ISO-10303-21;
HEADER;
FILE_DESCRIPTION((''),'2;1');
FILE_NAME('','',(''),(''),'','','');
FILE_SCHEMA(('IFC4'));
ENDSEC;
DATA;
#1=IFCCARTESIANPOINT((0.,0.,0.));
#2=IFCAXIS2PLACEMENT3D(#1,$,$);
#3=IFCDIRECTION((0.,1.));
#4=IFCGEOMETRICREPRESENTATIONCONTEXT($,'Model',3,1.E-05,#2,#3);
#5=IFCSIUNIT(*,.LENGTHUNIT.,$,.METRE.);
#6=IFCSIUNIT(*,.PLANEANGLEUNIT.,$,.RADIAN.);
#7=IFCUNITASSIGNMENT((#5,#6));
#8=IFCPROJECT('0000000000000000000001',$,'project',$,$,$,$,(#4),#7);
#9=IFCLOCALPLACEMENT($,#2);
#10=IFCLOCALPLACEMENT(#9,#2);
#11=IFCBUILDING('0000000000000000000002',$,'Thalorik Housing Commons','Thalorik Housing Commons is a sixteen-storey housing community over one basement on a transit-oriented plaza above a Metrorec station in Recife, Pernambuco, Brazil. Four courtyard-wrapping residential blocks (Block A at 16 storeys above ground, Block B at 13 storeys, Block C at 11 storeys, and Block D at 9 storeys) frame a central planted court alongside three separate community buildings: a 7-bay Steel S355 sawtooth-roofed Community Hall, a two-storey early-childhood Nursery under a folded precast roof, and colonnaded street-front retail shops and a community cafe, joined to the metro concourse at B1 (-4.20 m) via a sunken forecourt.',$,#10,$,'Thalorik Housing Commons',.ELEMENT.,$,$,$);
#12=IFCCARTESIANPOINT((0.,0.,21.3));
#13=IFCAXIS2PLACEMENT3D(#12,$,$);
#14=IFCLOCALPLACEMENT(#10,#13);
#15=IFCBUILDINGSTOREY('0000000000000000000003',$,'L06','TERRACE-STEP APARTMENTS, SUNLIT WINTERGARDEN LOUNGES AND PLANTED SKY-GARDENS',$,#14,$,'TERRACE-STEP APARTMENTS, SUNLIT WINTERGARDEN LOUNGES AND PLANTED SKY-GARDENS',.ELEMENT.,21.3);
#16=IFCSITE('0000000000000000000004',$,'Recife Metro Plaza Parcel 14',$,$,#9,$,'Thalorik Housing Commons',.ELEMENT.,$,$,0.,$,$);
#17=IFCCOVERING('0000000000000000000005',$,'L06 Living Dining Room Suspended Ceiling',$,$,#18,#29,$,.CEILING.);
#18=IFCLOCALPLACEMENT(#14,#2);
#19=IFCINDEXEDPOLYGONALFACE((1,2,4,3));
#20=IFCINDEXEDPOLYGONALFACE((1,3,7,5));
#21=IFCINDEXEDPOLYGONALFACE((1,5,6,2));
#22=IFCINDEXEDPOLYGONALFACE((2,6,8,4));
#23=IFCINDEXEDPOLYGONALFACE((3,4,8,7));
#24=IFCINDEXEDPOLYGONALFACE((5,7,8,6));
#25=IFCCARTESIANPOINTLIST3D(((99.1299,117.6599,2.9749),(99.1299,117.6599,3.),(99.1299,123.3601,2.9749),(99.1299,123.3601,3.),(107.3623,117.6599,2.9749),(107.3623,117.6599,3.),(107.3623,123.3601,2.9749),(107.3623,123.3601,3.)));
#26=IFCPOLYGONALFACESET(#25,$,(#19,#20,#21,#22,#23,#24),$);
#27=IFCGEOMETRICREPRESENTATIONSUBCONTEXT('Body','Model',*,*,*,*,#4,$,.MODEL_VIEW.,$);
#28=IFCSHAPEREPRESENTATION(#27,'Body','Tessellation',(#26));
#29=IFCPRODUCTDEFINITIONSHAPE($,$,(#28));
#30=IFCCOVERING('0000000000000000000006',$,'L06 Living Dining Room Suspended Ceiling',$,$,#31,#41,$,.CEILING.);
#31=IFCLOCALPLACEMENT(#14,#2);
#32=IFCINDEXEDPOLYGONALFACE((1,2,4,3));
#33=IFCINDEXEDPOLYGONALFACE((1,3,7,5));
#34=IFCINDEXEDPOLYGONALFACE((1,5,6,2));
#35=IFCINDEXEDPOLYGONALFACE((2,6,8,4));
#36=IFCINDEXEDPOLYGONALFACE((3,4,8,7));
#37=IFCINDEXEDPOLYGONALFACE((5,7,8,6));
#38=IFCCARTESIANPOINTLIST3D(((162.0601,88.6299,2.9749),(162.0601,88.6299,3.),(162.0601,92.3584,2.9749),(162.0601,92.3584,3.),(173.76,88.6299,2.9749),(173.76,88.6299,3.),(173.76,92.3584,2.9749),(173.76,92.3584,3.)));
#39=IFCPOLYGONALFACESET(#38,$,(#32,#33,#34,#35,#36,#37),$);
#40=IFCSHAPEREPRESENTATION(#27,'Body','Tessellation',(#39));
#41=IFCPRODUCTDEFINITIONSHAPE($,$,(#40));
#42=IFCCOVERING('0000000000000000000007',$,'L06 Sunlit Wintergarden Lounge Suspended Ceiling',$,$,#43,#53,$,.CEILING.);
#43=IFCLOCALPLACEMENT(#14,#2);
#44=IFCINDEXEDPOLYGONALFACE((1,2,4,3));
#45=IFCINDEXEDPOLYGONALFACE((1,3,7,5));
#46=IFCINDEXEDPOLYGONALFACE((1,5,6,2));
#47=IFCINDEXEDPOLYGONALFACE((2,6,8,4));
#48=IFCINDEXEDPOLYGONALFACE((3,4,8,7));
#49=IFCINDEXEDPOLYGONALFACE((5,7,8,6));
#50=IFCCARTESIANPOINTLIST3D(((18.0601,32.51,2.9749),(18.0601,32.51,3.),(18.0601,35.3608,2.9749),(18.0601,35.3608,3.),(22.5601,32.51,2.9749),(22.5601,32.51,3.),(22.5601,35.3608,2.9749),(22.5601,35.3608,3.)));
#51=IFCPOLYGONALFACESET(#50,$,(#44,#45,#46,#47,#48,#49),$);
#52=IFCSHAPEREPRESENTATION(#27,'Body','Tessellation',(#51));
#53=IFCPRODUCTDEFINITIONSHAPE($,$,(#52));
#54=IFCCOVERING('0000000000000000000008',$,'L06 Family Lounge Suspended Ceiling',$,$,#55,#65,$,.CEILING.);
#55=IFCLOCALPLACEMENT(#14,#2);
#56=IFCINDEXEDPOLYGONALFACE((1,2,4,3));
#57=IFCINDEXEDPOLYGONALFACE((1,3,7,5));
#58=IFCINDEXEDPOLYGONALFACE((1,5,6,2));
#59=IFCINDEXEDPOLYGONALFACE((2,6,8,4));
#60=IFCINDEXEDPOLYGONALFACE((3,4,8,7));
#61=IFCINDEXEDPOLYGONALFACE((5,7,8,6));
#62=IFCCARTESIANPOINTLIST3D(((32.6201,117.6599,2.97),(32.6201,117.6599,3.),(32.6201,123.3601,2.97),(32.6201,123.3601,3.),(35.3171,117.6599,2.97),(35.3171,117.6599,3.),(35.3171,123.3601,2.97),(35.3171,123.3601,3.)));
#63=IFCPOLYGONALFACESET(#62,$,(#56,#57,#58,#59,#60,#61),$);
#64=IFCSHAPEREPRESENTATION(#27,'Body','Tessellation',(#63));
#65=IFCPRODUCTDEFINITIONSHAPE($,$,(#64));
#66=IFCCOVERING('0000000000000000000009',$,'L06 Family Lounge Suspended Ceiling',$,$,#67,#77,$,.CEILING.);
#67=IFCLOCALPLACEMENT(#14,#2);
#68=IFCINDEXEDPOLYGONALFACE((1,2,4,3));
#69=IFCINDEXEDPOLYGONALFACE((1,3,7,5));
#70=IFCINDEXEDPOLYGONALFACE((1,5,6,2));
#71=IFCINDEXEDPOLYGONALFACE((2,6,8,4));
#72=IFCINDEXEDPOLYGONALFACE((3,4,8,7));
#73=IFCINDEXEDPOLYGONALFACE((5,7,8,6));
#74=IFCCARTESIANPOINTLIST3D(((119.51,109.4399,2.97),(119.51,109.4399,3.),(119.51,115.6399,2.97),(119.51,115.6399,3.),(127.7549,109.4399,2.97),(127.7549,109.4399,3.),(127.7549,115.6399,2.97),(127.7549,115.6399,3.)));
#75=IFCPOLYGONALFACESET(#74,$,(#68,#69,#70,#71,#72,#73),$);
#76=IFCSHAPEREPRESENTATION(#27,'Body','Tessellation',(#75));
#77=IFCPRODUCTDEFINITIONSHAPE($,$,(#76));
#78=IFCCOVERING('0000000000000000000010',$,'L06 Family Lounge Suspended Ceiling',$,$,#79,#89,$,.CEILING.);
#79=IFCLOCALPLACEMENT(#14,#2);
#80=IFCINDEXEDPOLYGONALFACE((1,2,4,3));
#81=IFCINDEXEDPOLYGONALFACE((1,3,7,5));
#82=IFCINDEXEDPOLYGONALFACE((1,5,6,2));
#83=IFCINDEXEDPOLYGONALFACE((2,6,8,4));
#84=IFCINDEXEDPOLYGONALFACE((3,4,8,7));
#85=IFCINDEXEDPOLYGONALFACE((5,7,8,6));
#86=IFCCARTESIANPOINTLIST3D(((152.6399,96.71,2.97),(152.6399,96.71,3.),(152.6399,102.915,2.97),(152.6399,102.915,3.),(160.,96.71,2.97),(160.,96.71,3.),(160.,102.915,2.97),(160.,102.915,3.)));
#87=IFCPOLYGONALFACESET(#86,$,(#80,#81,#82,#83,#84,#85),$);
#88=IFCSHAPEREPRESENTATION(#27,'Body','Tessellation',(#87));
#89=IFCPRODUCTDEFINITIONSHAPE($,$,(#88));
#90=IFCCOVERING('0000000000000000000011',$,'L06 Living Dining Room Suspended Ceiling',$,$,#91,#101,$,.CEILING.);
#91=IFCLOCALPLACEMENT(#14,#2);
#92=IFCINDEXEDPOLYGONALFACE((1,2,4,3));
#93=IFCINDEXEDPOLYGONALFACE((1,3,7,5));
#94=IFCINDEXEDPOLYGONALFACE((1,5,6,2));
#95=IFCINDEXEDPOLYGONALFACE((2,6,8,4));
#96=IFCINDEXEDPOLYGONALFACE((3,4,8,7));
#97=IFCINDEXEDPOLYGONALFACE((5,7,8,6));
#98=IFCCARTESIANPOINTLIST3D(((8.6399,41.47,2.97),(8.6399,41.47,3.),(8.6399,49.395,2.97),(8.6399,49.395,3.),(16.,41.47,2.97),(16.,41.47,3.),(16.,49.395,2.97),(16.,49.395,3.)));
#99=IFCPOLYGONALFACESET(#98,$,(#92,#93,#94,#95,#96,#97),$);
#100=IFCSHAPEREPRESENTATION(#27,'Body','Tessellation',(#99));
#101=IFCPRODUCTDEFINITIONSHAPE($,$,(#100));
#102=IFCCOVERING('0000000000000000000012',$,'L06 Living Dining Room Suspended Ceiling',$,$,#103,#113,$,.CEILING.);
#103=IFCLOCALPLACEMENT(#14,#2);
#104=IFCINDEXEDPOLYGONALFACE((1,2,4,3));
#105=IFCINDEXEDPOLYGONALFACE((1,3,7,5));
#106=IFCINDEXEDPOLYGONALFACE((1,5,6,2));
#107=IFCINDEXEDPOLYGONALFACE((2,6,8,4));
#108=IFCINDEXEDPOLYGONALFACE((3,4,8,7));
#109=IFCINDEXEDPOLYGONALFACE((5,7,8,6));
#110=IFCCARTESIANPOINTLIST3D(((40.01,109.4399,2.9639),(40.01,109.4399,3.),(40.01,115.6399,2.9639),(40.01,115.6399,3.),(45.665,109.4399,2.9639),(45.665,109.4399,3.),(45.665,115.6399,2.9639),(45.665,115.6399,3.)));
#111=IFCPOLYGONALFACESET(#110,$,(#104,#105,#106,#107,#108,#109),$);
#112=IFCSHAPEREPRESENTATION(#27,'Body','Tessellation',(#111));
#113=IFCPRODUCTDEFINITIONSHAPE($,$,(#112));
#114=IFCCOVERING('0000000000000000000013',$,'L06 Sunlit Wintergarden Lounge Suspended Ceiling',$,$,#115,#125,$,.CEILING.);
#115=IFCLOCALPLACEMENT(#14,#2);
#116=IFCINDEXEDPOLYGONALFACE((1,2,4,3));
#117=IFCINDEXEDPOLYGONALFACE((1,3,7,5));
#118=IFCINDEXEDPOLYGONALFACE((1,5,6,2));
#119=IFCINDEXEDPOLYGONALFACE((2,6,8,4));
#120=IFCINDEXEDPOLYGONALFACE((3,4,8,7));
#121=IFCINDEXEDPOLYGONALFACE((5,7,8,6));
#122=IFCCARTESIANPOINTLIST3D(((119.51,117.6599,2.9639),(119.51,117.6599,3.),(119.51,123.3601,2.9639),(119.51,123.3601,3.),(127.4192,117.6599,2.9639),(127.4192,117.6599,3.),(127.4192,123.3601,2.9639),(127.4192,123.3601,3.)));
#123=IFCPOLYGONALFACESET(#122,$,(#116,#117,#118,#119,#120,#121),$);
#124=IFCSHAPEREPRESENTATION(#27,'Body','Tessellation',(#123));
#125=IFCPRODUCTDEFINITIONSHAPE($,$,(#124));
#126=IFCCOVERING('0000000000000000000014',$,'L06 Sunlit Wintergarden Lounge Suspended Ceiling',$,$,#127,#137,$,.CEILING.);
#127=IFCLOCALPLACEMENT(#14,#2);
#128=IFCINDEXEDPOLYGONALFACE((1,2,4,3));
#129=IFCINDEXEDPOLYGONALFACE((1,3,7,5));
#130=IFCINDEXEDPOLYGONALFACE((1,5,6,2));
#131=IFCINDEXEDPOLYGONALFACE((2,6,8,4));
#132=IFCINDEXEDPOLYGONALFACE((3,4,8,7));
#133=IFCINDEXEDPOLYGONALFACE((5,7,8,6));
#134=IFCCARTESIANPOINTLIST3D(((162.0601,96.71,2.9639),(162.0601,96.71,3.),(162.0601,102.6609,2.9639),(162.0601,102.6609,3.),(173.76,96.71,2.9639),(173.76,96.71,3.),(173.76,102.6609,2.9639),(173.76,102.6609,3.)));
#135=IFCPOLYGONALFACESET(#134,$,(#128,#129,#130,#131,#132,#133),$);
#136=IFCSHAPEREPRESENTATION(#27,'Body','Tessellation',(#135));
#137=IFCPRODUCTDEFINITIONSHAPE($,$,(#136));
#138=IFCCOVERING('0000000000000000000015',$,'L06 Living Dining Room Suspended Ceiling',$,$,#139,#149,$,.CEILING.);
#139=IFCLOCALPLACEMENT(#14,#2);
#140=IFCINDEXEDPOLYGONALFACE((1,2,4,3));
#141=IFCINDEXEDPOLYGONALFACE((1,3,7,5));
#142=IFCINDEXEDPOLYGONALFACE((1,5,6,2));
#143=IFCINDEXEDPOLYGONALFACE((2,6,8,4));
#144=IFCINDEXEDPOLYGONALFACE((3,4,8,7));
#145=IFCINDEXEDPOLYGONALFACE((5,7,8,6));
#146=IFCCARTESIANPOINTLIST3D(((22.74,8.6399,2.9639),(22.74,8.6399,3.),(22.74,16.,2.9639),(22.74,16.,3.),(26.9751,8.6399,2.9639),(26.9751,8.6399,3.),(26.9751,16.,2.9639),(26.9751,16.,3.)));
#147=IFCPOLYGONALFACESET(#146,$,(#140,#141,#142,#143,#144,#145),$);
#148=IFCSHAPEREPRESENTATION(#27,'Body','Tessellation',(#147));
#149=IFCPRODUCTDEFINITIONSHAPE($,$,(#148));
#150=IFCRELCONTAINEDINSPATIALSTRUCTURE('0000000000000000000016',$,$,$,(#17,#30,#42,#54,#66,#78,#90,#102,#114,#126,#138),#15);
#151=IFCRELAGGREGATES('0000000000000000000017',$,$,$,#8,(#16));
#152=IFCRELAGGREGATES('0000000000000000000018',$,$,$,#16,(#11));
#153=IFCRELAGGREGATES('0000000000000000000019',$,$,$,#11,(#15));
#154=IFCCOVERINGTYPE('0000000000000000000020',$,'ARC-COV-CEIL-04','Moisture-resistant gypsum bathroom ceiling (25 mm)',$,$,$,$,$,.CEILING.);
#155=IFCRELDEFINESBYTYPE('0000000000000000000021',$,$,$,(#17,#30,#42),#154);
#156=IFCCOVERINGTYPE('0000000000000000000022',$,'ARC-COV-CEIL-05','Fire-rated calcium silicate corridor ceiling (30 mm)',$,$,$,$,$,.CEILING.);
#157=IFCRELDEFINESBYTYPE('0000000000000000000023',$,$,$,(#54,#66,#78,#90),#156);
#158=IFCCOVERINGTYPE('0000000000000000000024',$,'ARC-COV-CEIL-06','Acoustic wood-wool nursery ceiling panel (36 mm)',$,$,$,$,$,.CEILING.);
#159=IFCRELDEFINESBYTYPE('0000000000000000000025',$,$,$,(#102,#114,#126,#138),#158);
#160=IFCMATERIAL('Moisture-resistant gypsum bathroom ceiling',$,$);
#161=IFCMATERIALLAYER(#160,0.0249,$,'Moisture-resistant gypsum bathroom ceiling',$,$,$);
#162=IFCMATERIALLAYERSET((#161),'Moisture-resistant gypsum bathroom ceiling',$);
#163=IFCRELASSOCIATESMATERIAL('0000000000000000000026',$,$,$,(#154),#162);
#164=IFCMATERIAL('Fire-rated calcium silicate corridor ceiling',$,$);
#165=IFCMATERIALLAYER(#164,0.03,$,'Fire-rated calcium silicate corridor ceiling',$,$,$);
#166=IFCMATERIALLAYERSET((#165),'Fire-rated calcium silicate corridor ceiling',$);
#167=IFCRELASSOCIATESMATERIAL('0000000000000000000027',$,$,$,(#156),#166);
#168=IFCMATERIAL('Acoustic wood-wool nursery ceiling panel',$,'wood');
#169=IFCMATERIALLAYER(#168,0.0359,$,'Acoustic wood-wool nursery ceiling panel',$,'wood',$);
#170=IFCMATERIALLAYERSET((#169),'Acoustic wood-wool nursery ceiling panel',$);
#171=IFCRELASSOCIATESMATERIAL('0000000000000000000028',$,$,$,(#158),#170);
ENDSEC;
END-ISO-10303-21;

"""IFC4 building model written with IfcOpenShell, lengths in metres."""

from ifc_helpers import new_model, si_unit, direction, frame, origin, place, context, subcontext, project, spatial, polyline, outline, extrude, material, layer, layer_set, type_object, element, save


model = new_model("IFC4")

# Units and contexts
model_context = context("Model", 3, precision=1e-05, world=origin(), true_north=direction((0.0, 1.0)))
body_context = subcontext(model_context, "Body", "Model", "MODEL_VIEW")
ifc_project = project(units=[si_unit("LENGTHUNIT", "METRE"), si_unit("PLANEANGLEUNIT", "RADIAN")], contexts=[model_context])

# Site, building, storey
site_placement = place(None, origin())
site = spatial("IfcSite", under=ifc_project, at=site_placement, Name="Recife Metro Plaza Parcel 14", LongName="Thalorik Housing Commons", CompositionType="ELEMENT", RefElevation=0.0)
building_placement = place(site_placement, origin())
building = spatial("IfcBuilding", under=site, at=building_placement, Name="Thalorik Housing Commons", Description="Thalorik Housing Commons is a sixteen-storey housing community over one basement on a transit-oriented plaza above a Metrorec station in Recife, Pernambuco, Brazil. Four courtyard-wrapping residential blocks (Block A at 16 storeys above ground, Block B at 13 storeys, Block C at 11 storeys, and Block D at 9 storeys) frame a central planted court alongside three separate community buildings: a 7-bay Steel S355 sawtooth-roofed Community Hall, a two-storey early-childhood Nursery under a folded precast roof, and colonnaded street-front retail shops and a community cafe, joined to the metro concourse at B1 (-4.20 m) via a sunken forecourt.", LongName="Thalorik Housing Commons", CompositionType="ELEMENT")
storey_placement = place(building_placement, frame((0.0, 0.0, 21.3)))
storey = spatial("IfcBuildingStorey", under=building, at=storey_placement, Name="L06", Description="TERRACE-STEP APARTMENTS, SUNLIT WINTERGARDEN LOUNGES AND PLANTED SKY-GARDENS", LongName="TERRACE-STEP APARTMENTS, SUNLIT WINTERGARDEN LOUNGES AND PLANTED SKY-GARDENS", CompositionType="ELEMENT", Elevation=21.3)

# Coverings
ifc_material_1 = material(Name="Moisture-resistant gypsum bathroom ceiling")
ifc_layer_1 = layer(ifc_material_1, 0.0249, Name="Moisture-resistant gypsum bathroom ceiling")
ifc_layer_set_1 = layer_set([ifc_layer_1], Name="Moisture-resistant gypsum bathroom ceiling")
covering_type_1 = type_object("IfcCoveringType", Name="ARC-COV-CEIL-04", Description="Moisture-resistant gypsum bathroom ceiling (25 mm)", PredefinedType="CEILING", material=ifc_layer_set_1)
covering_1_placement = place(storey_placement, frame((0.0, 0.0, 2.9749)))
element("IfcCovering", 1, at=covering_1_placement, inside=storey, type_object=covering_type_1, Name="L06 Living Dining Room Suspended Ceiling", PredefinedType="CEILING", context=body_context, shape_type="SweptSolid", body=[
    extrude(outline(polyline([(107.3623, 117.6599), (107.3623, 123.3601), (99.1299, 123.3601), (99.1299, 117.6599), (107.3623, 117.6599)])), origin(), (0.0, 0.0, 1.0), 0.0251),
])
covering_2_placement = place(storey_placement, frame((0.0, 0.0, 2.9749)))
element("IfcCovering", 2, at=covering_2_placement, inside=storey, type_object=covering_type_1, Name="L06 Living Dining Room Suspended Ceiling", PredefinedType="CEILING", context=body_context, shape_type="SweptSolid", body=[
    extrude(outline(polyline([(173.76, 92.3584), (162.0601, 92.3584), (162.0601, 88.6299), (173.76, 88.6299), (173.76, 92.3584)])), origin(), (0.0, 0.0, 1.0), 0.0251),
])
covering_3_placement = place(storey_placement, frame((0.0, 0.0, 2.9749)))
element("IfcCovering", 3, at=covering_3_placement, inside=storey, type_object=covering_type_1, Name="L06 Sunlit Wintergarden Lounge Suspended Ceiling", PredefinedType="CEILING", context=body_context, shape_type="SweptSolid", body=[
    extrude(outline(polyline([(22.5601, 35.3608), (18.0601, 35.3608), (18.0601, 32.51), (22.5601, 32.51), (22.5601, 35.3608)])), origin(), (0.0, 0.0, 1.0), 0.0251),
])
ifc_material_2 = material(Name="Fire-rated calcium silicate corridor ceiling")
ifc_layer_2 = layer(ifc_material_2, 0.03, Name="Fire-rated calcium silicate corridor ceiling")
ifc_layer_set_2 = layer_set([ifc_layer_2], Name="Fire-rated calcium silicate corridor ceiling")
covering_type_2 = type_object("IfcCoveringType", Name="ARC-COV-CEIL-05", Description="Fire-rated calcium silicate corridor ceiling (30 mm)", PredefinedType="CEILING", material=ifc_layer_set_2)
covering_4_placement = place(storey_placement, frame((0.0, 0.0, 2.97)))
element("IfcCovering", 4, at=covering_4_placement, inside=storey, type_object=covering_type_2, Name="L06 Family Lounge Suspended Ceiling", PredefinedType="CEILING", context=body_context, shape_type="SweptSolid", body=[
    extrude(outline(polyline([(35.3171, 117.6599), (35.3171, 123.3601), (32.6201, 123.3601), (32.6201, 117.6599), (35.3171, 117.6599)])), origin(), (0.0, 0.0, 1.0), 0.03),
])
covering_5_placement = place(storey_placement, frame((0.0, 0.0, 2.97)))
element("IfcCovering", 5, at=covering_5_placement, inside=storey, type_object=covering_type_2, Name="L06 Family Lounge Suspended Ceiling", PredefinedType="CEILING", context=body_context, shape_type="SweptSolid", body=[
    extrude(outline(polyline([(127.7549, 109.4399), (127.7549, 115.6399), (119.51, 115.6399), (119.51, 109.4399), (127.7549, 109.4399)])), origin(), (0.0, 0.0, 1.0), 0.03),
])
covering_6_placement = place(storey_placement, frame((0.0, 0.0, 2.97)))
element("IfcCovering", 6, at=covering_6_placement, inside=storey, type_object=covering_type_2, Name="L06 Family Lounge Suspended Ceiling", PredefinedType="CEILING", context=body_context, shape_type="SweptSolid", body=[
    extrude(outline(polyline([(160.0, 102.915), (152.6399, 102.915), (152.6399, 96.71), (160.0, 96.71), (160.0, 102.915)])), origin(), (0.0, 0.0, 1.0), 0.03),
])
covering_7_placement = place(storey_placement, frame((0.0, 0.0, 2.97)))
element("IfcCovering", 7, at=covering_7_placement, inside=storey, type_object=covering_type_2, Name="L06 Living Dining Room Suspended Ceiling", PredefinedType="CEILING", context=body_context, shape_type="SweptSolid", body=[
    extrude(outline(polyline([(16.0, 49.395), (8.6399, 49.395), (8.6399, 41.47), (16.0, 41.47), (16.0, 49.395)])), origin(), (0.0, 0.0, 1.0), 0.03),
])
ifc_material_3 = material(Name="Acoustic wood-wool nursery ceiling panel", Category="wood")
ifc_layer_3 = layer(ifc_material_3, 0.0359, Name="Acoustic wood-wool nursery ceiling panel", Category="wood")
ifc_layer_set_3 = layer_set([ifc_layer_3], Name="Acoustic wood-wool nursery ceiling panel")
covering_type_3 = type_object("IfcCoveringType", Name="ARC-COV-CEIL-06", Description="Acoustic wood-wool nursery ceiling panel (36 mm)", PredefinedType="CEILING", material=ifc_layer_set_3)
covering_8_placement = place(storey_placement, frame((0.0, 0.0, 2.9639)))
element("IfcCovering", 8, at=covering_8_placement, inside=storey, type_object=covering_type_3, Name="L06 Living Dining Room Suspended Ceiling", PredefinedType="CEILING", context=body_context, shape_type="SweptSolid", body=[
    extrude(outline(polyline([(45.665, 109.4399), (45.665, 115.6399), (40.01, 115.6399), (40.01, 109.4399), (45.665, 109.4399)])), origin(), (0.0, 0.0, 1.0), 0.0361),
])
covering_9_placement = place(storey_placement, frame((0.0, 0.0, 2.9639)))
element("IfcCovering", 9, at=covering_9_placement, inside=storey, type_object=covering_type_3, Name="L06 Sunlit Wintergarden Lounge Suspended Ceiling", PredefinedType="CEILING", context=body_context, shape_type="SweptSolid", body=[
    extrude(outline(polyline([(127.4192, 117.6599), (127.4192, 123.3601), (119.51, 123.3601), (119.51, 117.6599), (127.4192, 117.6599)])), origin(), (0.0, 0.0, 1.0), 0.0361),
])
covering_10_placement = place(storey_placement, frame((0.0, 0.0, 2.9639)))
element("IfcCovering", 10, at=covering_10_placement, inside=storey, type_object=covering_type_3, Name="L06 Sunlit Wintergarden Lounge Suspended Ceiling", PredefinedType="CEILING", context=body_context, shape_type="SweptSolid", body=[
    extrude(outline(polyline([(173.76, 102.6609), (162.0601, 102.6609), (162.0601, 96.71), (173.76, 96.71), (173.76, 102.6609)])), origin(), (0.0, 0.0, 1.0), 0.0361),
])
covering_11_placement = place(storey_placement, frame((0.0, 0.0, 2.9639)))
element("IfcCovering", 11, at=covering_11_placement, inside=storey, type_object=covering_type_3, Name="L06 Living Dining Room Suspended Ceiling", PredefinedType="CEILING", context=body_context, shape_type="SweptSolid", body=[
    extrude(outline(polyline([(26.9751, 8.6399), (26.9751, 16.0), (22.74, 16.0), (22.74, 8.6399), (26.9751, 8.6399)])), origin(), (0.0, 0.0, 1.0), 0.0361),
])

save(model, "model.ifc")
